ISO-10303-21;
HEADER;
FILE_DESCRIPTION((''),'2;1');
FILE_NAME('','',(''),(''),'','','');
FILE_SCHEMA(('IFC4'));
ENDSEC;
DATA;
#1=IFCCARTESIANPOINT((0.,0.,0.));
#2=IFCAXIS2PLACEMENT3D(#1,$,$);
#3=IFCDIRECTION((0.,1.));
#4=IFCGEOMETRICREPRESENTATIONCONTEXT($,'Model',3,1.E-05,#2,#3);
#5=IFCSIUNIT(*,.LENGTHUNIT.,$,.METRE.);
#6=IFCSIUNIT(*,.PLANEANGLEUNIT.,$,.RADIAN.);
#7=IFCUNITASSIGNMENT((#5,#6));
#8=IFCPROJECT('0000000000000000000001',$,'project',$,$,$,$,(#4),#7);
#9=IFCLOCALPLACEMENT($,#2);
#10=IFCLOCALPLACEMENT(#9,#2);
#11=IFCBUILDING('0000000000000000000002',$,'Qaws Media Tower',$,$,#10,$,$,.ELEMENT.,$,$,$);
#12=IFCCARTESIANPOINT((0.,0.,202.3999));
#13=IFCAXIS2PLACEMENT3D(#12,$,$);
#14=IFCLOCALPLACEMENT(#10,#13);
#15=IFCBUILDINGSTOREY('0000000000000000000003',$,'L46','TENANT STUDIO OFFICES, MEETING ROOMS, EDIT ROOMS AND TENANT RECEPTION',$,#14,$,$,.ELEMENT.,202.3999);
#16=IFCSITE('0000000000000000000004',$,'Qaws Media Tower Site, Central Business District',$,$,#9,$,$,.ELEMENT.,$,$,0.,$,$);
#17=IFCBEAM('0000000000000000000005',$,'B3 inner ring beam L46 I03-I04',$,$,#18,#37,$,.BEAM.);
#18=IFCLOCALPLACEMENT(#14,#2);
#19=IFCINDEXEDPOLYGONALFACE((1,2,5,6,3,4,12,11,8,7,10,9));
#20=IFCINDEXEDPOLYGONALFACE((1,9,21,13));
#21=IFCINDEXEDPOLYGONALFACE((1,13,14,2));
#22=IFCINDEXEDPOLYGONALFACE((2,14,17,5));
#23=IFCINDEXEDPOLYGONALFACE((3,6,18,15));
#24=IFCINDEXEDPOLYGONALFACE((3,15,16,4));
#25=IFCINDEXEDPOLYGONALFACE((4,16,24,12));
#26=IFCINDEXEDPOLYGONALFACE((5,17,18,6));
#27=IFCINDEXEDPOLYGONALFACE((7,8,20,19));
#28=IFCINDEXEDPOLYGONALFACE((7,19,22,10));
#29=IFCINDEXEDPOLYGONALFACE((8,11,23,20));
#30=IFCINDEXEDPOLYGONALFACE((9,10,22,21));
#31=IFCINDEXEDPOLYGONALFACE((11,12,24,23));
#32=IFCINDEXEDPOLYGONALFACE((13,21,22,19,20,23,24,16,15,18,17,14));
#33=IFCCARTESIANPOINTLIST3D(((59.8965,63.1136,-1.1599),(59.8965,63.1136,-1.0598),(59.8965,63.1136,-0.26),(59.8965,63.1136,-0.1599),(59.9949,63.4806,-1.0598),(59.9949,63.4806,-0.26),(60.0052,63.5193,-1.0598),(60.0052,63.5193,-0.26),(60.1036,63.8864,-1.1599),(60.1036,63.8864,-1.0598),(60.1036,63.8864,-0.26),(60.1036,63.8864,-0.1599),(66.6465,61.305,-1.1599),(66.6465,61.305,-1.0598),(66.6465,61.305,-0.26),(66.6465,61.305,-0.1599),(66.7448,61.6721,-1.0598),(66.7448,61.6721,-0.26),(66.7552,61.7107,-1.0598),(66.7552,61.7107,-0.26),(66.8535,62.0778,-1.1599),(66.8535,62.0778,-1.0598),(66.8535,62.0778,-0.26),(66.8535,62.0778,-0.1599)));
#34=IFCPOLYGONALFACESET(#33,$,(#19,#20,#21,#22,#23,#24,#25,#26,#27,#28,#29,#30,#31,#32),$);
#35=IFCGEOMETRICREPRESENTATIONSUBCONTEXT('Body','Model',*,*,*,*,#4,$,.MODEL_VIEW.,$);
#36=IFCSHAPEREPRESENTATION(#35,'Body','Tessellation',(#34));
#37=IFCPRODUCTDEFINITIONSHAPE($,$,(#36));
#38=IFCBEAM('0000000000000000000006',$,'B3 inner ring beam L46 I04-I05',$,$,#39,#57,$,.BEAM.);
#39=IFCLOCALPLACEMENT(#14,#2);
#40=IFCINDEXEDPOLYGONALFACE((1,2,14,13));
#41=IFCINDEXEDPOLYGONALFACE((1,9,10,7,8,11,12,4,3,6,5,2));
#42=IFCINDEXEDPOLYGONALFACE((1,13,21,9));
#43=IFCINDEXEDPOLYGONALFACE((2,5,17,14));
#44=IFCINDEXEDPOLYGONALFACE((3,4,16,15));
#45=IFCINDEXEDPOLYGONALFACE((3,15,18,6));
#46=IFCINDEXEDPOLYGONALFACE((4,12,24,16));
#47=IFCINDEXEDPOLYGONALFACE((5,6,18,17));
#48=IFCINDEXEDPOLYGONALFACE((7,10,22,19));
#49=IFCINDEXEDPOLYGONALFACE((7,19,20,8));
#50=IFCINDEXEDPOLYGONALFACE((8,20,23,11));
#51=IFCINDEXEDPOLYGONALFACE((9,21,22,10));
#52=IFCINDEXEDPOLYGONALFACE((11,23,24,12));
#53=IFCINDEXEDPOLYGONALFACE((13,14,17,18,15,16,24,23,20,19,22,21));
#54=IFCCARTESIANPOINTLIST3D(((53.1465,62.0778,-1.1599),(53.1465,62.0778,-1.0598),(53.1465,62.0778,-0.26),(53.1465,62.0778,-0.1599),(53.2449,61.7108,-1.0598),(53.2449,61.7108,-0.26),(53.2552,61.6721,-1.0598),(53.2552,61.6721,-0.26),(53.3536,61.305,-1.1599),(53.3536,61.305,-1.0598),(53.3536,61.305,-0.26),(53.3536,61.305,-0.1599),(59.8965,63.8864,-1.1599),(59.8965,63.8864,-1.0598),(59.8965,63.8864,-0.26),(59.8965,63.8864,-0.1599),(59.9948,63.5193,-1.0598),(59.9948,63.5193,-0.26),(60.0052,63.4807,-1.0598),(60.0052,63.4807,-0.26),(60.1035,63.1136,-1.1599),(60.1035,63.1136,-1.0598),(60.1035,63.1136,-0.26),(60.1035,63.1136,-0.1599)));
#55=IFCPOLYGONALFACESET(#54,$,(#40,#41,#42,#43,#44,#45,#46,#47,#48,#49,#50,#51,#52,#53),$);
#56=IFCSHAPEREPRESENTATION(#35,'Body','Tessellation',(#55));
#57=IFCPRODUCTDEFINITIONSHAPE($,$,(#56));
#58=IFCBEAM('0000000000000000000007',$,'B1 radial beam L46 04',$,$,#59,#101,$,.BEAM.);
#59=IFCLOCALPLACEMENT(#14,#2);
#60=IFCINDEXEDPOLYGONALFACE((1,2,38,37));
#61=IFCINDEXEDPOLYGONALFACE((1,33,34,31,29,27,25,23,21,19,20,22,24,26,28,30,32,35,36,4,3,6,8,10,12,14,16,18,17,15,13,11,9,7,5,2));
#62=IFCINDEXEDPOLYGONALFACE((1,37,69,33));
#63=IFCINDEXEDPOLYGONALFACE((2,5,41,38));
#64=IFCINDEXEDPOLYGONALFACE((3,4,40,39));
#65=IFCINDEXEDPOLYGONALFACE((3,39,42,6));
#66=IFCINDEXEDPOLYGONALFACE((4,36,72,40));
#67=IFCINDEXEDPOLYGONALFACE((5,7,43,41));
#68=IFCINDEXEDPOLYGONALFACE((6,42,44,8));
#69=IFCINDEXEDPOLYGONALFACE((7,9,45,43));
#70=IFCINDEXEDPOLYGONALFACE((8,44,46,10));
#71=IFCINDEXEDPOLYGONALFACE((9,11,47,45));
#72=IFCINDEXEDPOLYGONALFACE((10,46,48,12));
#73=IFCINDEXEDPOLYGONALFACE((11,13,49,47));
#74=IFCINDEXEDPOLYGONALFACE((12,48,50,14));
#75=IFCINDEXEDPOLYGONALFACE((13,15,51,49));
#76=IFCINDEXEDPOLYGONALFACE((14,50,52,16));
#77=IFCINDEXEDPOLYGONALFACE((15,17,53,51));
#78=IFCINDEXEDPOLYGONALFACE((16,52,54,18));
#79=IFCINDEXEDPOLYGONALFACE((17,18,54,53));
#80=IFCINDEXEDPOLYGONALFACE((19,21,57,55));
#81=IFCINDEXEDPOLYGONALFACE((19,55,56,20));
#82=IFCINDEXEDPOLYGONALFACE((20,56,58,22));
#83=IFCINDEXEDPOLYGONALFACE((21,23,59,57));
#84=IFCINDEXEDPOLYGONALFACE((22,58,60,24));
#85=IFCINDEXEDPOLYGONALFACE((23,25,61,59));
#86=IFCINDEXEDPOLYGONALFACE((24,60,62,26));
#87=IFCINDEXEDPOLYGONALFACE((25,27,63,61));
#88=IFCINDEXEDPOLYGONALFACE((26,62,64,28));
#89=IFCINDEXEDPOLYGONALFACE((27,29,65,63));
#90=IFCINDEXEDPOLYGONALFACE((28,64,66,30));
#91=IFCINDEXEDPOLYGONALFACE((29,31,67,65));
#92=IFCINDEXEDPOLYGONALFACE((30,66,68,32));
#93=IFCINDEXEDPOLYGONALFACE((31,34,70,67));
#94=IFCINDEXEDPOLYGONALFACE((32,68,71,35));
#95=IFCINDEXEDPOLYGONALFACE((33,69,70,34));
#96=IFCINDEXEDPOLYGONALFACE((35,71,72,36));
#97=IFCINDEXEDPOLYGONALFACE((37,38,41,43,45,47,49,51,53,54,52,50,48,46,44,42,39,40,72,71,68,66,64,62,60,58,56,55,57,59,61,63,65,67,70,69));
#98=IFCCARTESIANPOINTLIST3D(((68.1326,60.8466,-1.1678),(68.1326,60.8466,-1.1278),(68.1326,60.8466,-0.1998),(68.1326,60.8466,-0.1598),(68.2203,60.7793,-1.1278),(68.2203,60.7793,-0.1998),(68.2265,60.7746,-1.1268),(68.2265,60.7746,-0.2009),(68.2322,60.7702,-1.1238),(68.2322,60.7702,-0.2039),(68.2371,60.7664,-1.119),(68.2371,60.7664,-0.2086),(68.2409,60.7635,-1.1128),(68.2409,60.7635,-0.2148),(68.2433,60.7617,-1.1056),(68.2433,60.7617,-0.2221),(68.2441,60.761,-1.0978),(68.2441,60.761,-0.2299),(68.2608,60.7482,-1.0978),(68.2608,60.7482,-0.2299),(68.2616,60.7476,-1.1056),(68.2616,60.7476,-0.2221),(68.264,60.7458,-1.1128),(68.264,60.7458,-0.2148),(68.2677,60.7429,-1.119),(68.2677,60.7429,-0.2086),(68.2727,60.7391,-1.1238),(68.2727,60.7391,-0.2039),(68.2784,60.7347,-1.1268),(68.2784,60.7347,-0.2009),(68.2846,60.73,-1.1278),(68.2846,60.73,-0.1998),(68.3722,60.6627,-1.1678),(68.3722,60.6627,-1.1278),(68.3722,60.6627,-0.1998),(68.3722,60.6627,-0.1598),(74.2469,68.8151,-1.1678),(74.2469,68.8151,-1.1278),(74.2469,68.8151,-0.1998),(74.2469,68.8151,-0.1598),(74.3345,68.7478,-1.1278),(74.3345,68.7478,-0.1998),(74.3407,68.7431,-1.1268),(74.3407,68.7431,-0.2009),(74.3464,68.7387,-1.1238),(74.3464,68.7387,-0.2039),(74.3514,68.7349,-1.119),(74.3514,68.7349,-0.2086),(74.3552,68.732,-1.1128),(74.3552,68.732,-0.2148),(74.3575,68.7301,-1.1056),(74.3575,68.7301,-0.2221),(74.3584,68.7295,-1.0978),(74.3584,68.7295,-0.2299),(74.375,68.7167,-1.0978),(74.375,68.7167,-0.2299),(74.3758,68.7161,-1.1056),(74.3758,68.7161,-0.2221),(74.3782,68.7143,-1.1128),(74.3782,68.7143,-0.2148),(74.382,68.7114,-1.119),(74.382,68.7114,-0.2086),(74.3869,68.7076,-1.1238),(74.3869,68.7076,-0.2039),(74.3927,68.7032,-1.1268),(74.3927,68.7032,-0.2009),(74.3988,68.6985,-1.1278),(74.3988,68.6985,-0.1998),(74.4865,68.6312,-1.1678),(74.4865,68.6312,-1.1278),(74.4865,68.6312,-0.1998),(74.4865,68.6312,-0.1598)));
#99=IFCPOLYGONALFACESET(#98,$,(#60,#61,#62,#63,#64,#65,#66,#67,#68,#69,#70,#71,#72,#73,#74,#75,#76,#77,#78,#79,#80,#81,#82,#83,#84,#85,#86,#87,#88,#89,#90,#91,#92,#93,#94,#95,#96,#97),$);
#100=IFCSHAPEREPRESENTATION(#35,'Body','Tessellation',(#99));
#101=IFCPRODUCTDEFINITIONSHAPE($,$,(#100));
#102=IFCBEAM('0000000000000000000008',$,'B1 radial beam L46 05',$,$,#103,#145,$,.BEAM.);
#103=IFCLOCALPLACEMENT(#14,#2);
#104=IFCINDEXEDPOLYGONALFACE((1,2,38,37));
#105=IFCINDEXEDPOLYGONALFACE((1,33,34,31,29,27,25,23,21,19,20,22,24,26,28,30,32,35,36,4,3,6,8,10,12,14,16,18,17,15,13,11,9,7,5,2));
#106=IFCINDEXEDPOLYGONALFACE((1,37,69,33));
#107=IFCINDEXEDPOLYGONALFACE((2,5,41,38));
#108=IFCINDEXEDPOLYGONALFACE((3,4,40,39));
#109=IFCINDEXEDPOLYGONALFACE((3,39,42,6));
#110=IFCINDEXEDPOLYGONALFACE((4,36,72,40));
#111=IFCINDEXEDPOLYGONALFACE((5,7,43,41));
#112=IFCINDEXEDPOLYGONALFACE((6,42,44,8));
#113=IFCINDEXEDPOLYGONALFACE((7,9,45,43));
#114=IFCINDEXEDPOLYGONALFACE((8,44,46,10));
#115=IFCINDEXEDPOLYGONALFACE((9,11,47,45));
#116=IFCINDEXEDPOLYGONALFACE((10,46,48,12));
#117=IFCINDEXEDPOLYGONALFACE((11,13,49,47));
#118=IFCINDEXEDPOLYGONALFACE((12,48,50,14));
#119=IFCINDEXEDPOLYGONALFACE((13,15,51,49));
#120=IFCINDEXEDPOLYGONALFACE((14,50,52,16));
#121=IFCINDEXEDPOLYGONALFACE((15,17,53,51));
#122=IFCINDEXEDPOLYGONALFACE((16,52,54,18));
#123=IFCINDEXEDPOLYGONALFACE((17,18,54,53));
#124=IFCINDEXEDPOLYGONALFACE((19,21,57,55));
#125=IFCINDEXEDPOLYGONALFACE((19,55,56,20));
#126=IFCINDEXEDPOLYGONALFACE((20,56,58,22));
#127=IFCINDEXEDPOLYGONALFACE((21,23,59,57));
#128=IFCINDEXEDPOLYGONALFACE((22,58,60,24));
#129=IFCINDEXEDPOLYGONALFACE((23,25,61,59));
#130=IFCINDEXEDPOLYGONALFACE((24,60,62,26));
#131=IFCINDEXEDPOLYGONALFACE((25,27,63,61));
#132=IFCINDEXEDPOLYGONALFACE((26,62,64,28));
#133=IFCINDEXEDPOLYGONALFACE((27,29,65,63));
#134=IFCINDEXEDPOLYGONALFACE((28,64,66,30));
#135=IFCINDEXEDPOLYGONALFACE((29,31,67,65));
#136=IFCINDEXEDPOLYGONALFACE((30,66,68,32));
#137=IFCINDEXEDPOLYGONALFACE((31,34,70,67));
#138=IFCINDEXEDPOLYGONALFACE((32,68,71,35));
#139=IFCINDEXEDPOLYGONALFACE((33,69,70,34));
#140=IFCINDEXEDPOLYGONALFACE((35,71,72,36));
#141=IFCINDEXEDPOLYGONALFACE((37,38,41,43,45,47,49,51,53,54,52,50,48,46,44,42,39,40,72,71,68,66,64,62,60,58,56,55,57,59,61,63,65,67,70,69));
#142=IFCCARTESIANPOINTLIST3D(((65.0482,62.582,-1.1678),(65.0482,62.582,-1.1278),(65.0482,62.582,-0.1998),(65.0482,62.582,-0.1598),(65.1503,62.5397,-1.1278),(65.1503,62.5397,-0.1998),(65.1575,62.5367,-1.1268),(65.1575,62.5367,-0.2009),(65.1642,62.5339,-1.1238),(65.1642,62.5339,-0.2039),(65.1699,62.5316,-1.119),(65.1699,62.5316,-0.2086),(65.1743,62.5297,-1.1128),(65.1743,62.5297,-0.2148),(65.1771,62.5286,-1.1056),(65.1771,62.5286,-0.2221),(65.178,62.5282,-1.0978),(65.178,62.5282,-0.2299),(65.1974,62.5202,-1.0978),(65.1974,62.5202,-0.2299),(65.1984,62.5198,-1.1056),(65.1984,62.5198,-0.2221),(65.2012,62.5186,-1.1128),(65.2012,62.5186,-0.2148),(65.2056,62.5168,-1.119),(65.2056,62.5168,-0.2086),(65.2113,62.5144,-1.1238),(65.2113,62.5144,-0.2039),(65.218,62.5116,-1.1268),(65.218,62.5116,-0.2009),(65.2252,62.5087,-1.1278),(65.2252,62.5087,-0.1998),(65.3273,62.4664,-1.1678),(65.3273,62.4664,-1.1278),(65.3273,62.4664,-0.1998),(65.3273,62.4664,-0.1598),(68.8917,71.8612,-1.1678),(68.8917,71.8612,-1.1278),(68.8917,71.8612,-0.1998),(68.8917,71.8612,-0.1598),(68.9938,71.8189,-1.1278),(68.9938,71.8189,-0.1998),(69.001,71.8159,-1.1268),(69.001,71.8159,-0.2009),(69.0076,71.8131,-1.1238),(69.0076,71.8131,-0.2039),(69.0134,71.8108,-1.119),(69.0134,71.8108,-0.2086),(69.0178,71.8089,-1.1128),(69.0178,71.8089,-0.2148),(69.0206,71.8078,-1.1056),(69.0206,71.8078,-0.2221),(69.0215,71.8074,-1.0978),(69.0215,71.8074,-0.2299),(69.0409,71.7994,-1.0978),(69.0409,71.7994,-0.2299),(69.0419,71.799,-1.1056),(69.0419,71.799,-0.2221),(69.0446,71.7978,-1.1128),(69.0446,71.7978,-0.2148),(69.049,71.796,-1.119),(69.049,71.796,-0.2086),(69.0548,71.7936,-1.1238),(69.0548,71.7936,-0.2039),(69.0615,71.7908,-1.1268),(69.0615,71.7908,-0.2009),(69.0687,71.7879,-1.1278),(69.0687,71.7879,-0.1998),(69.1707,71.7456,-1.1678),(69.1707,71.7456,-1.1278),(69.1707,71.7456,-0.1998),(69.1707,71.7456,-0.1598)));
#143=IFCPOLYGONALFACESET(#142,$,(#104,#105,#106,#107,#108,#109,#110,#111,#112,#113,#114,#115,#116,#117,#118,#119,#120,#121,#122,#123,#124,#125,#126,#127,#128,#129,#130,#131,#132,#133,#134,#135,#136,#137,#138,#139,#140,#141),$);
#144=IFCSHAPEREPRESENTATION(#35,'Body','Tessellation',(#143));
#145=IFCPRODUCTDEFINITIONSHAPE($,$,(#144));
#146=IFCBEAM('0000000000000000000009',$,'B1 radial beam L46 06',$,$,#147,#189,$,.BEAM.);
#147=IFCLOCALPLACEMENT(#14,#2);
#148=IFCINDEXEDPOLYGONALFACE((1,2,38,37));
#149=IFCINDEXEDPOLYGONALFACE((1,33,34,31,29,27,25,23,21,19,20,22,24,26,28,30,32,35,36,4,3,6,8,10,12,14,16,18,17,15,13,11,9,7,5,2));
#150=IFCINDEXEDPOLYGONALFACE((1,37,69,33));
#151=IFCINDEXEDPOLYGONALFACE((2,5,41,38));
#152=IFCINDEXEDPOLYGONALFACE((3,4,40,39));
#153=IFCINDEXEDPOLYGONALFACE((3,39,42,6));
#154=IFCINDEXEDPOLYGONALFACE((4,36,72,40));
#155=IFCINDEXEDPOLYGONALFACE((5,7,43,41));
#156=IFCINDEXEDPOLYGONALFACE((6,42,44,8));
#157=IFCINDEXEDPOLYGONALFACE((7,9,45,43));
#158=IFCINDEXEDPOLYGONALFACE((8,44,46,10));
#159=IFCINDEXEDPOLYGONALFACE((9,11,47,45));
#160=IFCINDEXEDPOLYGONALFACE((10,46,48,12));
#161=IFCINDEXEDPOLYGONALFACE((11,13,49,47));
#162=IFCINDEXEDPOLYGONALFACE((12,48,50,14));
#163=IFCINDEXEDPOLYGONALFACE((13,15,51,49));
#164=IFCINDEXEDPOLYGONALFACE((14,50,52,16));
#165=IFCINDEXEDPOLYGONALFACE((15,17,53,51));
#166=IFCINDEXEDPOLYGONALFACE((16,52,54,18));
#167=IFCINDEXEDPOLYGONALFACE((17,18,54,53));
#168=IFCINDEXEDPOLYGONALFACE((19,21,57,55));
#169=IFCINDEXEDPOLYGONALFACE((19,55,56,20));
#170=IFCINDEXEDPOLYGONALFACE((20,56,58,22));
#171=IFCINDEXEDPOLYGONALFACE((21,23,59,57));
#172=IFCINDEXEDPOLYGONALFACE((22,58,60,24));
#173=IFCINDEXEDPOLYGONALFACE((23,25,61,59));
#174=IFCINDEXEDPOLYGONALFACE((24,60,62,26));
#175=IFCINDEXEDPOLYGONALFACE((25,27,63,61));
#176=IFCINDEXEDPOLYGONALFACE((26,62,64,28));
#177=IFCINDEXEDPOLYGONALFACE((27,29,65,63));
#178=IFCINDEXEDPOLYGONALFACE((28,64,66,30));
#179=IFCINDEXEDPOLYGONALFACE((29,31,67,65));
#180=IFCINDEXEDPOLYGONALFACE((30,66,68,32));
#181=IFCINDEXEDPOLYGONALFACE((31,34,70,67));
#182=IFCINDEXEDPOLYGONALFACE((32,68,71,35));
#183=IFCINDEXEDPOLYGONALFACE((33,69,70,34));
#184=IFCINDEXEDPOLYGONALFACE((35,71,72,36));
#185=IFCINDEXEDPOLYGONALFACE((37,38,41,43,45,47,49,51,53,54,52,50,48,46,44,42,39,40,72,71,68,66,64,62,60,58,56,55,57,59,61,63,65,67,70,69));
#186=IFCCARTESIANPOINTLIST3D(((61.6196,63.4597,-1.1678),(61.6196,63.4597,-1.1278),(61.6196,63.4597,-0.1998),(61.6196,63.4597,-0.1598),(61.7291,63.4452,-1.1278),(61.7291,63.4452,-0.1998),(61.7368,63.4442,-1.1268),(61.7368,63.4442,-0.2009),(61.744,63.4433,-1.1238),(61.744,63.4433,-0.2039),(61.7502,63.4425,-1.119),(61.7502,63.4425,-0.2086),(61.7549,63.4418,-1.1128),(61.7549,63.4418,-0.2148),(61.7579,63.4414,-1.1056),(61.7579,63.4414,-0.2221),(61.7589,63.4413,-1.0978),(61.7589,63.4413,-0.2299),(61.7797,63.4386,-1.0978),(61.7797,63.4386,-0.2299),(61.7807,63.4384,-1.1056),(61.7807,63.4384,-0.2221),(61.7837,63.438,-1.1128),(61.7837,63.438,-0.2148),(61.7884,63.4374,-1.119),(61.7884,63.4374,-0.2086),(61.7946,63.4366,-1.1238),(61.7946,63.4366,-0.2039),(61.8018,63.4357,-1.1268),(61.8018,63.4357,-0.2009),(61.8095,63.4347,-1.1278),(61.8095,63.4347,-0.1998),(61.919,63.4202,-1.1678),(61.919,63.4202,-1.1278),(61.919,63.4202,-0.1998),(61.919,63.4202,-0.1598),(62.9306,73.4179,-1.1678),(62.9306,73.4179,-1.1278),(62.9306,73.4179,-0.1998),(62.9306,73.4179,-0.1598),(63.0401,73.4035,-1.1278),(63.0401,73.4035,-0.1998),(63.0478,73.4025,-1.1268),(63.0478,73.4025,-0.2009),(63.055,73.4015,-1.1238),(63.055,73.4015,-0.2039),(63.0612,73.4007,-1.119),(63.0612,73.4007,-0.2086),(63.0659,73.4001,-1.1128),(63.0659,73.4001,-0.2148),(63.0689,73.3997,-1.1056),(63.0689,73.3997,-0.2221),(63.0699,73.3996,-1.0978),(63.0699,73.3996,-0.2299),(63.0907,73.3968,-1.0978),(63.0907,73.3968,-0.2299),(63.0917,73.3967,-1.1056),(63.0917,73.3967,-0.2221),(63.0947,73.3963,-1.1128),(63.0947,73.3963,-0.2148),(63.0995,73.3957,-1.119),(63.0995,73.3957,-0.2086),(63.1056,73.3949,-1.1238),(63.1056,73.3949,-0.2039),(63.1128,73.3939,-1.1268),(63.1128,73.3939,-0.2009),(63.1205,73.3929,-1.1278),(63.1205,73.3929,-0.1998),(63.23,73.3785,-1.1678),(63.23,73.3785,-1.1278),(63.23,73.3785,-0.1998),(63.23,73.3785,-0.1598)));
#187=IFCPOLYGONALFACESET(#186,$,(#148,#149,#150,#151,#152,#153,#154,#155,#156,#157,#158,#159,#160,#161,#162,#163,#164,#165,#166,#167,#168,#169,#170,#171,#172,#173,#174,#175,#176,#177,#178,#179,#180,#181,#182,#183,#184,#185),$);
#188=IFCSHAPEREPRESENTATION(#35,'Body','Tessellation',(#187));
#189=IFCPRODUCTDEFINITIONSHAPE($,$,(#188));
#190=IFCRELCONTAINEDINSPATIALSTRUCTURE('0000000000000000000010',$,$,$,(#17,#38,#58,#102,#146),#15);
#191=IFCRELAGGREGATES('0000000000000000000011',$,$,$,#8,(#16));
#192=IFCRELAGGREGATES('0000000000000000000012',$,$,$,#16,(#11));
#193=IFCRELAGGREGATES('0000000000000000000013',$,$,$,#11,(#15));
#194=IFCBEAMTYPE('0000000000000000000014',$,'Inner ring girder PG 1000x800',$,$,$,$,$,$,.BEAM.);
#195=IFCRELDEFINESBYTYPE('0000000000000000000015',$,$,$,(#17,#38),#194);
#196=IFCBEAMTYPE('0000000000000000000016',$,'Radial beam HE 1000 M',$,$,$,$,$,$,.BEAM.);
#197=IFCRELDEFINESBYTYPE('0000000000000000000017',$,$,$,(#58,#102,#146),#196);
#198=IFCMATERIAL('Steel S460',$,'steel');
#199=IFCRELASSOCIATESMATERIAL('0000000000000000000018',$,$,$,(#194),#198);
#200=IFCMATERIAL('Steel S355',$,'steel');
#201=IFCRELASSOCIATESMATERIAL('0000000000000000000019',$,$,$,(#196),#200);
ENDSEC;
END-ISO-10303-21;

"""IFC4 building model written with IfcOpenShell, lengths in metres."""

from ifc_helpers import new_model, si_unit, direction, frame, origin, origin_2d, place, context, subcontext, project, spatial, i_section, extrude, material, material_profile, profile_set, type_object, element, save


model = new_model("IFC4")

# Units and contexts
model_context = context("Model", 3, precision=1e-05, world=origin(), true_north=direction((0.0, 1.0)))
body_context = subcontext(model_context, "Body", "Model", "MODEL_VIEW")
ifc_project = project(units=[si_unit("LENGTHUNIT", "METRE"), si_unit("PLANEANGLEUNIT", "RADIAN")], contexts=[model_context])

# Site, building, storey
site_placement = place(None, origin())
site = spatial("IfcSite", under=ifc_project, at=site_placement, Name="Qaws Media Tower Site, Central Business District", CompositionType="ELEMENT", RefElevation=0.0)
building_placement = place(site_placement, origin())
building = spatial("IfcBuilding", under=site, at=building_placement, Name="Qaws Media Tower", CompositionType="ELEMENT")
storey_placement = place(building_placement, frame((0.0, 0.0, 202.3999)))
storey = spatial("IfcBuildingStorey", under=building, at=storey_placement, Name="L46", Description="TENANT STUDIO OFFICES, MEETING ROOMS, EDIT ROOMS AND TENANT RECEPTION", CompositionType="ELEMENT", Elevation=202.3999)

# Beams
ifc_material_1 = material(Name="Steel S460", Category="steel")
ifc_material_profile_1 = material_profile(ifc_material_1, i_section(OverallWidth=0.8, OverallDepth=1.0, WebThickness=0.04, FlangeThickness=0.1001, at=origin_2d()), Name="PG 1000x800")
ifc_profile_set_1 = profile_set([ifc_material_profile_1], Name="Steel S460")
beam_type_1 = type_object("IfcBeamType", Name="Inner ring girder PG 1000x800", PredefinedType="BEAM", material=ifc_profile_set_1)
for number, where, z_axis, x_axis, name in (
    (1, (66.75, 61.6914, -0.6599), (-0.965928, 0.258811, 0.0), (-0.258811, -0.965928, 0.0), "B3 inner ring beam L46 I03-I04"),
    (2, (60.0, 63.5, -0.6599), (-0.965928, -0.258811, 0.0), (0.258811, -0.965928, 0.0), "B3 inner ring beam L46 I04-I05"),
):
    element("IfcBeam", number, at=place(storey_placement, frame(where, z_axis=z_axis, x_axis=x_axis)), inside=storey, type_object=beam_type_1, Name=name, PredefinedType="BEAM", context=body_context, shape_type="SweptSolid", body=[
        extrude(i_section(OverallWidth=0.8, OverallDepth=1.0, WebThickness=0.04, FlangeThickness=0.1001, at=origin_2d()), origin(), (0.0, 0.0, 1.0), 6.988),
    ])
ifc_material_2 = material(Name="Steel S355", Category="steel")
ifc_material_profile_2 = material_profile(ifc_material_2, i_section(OverallWidth=0.302, OverallDepth=1.0081, WebThickness=0.021, FlangeThickness=0.04, FilletRadius=0.03, at=origin_2d()), Name="HE 1000 M")
ifc_profile_set_2 = profile_set([ifc_material_profile_2], Name="Steel S355")
beam_type_2 = type_object("IfcBeamType", Name="Radial beam HE 1000 M", PredefinedType="BEAM", material=ifc_profile_set_2)
beam_1_placement = place(storey_placement, frame((68.2524, 60.7546, -0.6638), z_axis=(0.608749, 0.793363, 0.0), x_axis=(-0.793363, 0.608749, 0.0)))
element("IfcBeam", 3, at=beam_1_placement, inside=storey, type_object=beam_type_2, Name="B1 radial beam L46 04", PredefinedType="BEAM", context=body_context, shape_type="SweptSolid", body=[
    extrude(i_section(OverallWidth=0.302, OverallDepth=1.0081, WebThickness=0.021, FlangeThickness=0.04, FilletRadius=0.03, at=origin_2d()), origin(), (0.0, 0.0, 1.0), 10.0439),
])
beam_2_placement = place(storey_placement, frame((65.1877, 62.5242, -0.6638), z_axis=(0.382675, 0.923883, 0.0), x_axis=(-0.923883, 0.382675, 0.0)))
element("IfcBeam", 4, at=beam_2_placement, inside=storey, type_object=beam_type_2, Name="B1 radial beam L46 05", PredefinedType="BEAM", context=body_context, shape_type="SweptSolid", body=[
    extrude(i_section(OverallWidth=0.302, OverallDepth=1.0081, WebThickness=0.021, FlangeThickness=0.04, FilletRadius=0.03, at=origin_2d()), origin(), (0.0, 0.0, 1.0), 10.0437),
])
for number, where, z_axis, x_axis, name in (
    (5, (61.7693, 63.4399, -0.6638), (0.130527, 0.991445, 0.0), (-0.991445, 0.130527, 0.0), "B1 radial beam L46 06"),
):
    element("IfcBeam", number, at=place(storey_placement, frame(where, z_axis=z_axis, x_axis=x_axis)), inside=storey, type_object=beam_type_2, Name=name, PredefinedType="BEAM", context=body_context, shape_type="SweptSolid", body=[
        extrude(i_section(OverallWidth=0.302, OverallDepth=1.0081, WebThickness=0.021, FlangeThickness=0.04, FilletRadius=0.03, at=origin_2d()), origin(), (0.0, 0.0, 1.0), 10.0442),
    ])

save(model, "model.ifc")
